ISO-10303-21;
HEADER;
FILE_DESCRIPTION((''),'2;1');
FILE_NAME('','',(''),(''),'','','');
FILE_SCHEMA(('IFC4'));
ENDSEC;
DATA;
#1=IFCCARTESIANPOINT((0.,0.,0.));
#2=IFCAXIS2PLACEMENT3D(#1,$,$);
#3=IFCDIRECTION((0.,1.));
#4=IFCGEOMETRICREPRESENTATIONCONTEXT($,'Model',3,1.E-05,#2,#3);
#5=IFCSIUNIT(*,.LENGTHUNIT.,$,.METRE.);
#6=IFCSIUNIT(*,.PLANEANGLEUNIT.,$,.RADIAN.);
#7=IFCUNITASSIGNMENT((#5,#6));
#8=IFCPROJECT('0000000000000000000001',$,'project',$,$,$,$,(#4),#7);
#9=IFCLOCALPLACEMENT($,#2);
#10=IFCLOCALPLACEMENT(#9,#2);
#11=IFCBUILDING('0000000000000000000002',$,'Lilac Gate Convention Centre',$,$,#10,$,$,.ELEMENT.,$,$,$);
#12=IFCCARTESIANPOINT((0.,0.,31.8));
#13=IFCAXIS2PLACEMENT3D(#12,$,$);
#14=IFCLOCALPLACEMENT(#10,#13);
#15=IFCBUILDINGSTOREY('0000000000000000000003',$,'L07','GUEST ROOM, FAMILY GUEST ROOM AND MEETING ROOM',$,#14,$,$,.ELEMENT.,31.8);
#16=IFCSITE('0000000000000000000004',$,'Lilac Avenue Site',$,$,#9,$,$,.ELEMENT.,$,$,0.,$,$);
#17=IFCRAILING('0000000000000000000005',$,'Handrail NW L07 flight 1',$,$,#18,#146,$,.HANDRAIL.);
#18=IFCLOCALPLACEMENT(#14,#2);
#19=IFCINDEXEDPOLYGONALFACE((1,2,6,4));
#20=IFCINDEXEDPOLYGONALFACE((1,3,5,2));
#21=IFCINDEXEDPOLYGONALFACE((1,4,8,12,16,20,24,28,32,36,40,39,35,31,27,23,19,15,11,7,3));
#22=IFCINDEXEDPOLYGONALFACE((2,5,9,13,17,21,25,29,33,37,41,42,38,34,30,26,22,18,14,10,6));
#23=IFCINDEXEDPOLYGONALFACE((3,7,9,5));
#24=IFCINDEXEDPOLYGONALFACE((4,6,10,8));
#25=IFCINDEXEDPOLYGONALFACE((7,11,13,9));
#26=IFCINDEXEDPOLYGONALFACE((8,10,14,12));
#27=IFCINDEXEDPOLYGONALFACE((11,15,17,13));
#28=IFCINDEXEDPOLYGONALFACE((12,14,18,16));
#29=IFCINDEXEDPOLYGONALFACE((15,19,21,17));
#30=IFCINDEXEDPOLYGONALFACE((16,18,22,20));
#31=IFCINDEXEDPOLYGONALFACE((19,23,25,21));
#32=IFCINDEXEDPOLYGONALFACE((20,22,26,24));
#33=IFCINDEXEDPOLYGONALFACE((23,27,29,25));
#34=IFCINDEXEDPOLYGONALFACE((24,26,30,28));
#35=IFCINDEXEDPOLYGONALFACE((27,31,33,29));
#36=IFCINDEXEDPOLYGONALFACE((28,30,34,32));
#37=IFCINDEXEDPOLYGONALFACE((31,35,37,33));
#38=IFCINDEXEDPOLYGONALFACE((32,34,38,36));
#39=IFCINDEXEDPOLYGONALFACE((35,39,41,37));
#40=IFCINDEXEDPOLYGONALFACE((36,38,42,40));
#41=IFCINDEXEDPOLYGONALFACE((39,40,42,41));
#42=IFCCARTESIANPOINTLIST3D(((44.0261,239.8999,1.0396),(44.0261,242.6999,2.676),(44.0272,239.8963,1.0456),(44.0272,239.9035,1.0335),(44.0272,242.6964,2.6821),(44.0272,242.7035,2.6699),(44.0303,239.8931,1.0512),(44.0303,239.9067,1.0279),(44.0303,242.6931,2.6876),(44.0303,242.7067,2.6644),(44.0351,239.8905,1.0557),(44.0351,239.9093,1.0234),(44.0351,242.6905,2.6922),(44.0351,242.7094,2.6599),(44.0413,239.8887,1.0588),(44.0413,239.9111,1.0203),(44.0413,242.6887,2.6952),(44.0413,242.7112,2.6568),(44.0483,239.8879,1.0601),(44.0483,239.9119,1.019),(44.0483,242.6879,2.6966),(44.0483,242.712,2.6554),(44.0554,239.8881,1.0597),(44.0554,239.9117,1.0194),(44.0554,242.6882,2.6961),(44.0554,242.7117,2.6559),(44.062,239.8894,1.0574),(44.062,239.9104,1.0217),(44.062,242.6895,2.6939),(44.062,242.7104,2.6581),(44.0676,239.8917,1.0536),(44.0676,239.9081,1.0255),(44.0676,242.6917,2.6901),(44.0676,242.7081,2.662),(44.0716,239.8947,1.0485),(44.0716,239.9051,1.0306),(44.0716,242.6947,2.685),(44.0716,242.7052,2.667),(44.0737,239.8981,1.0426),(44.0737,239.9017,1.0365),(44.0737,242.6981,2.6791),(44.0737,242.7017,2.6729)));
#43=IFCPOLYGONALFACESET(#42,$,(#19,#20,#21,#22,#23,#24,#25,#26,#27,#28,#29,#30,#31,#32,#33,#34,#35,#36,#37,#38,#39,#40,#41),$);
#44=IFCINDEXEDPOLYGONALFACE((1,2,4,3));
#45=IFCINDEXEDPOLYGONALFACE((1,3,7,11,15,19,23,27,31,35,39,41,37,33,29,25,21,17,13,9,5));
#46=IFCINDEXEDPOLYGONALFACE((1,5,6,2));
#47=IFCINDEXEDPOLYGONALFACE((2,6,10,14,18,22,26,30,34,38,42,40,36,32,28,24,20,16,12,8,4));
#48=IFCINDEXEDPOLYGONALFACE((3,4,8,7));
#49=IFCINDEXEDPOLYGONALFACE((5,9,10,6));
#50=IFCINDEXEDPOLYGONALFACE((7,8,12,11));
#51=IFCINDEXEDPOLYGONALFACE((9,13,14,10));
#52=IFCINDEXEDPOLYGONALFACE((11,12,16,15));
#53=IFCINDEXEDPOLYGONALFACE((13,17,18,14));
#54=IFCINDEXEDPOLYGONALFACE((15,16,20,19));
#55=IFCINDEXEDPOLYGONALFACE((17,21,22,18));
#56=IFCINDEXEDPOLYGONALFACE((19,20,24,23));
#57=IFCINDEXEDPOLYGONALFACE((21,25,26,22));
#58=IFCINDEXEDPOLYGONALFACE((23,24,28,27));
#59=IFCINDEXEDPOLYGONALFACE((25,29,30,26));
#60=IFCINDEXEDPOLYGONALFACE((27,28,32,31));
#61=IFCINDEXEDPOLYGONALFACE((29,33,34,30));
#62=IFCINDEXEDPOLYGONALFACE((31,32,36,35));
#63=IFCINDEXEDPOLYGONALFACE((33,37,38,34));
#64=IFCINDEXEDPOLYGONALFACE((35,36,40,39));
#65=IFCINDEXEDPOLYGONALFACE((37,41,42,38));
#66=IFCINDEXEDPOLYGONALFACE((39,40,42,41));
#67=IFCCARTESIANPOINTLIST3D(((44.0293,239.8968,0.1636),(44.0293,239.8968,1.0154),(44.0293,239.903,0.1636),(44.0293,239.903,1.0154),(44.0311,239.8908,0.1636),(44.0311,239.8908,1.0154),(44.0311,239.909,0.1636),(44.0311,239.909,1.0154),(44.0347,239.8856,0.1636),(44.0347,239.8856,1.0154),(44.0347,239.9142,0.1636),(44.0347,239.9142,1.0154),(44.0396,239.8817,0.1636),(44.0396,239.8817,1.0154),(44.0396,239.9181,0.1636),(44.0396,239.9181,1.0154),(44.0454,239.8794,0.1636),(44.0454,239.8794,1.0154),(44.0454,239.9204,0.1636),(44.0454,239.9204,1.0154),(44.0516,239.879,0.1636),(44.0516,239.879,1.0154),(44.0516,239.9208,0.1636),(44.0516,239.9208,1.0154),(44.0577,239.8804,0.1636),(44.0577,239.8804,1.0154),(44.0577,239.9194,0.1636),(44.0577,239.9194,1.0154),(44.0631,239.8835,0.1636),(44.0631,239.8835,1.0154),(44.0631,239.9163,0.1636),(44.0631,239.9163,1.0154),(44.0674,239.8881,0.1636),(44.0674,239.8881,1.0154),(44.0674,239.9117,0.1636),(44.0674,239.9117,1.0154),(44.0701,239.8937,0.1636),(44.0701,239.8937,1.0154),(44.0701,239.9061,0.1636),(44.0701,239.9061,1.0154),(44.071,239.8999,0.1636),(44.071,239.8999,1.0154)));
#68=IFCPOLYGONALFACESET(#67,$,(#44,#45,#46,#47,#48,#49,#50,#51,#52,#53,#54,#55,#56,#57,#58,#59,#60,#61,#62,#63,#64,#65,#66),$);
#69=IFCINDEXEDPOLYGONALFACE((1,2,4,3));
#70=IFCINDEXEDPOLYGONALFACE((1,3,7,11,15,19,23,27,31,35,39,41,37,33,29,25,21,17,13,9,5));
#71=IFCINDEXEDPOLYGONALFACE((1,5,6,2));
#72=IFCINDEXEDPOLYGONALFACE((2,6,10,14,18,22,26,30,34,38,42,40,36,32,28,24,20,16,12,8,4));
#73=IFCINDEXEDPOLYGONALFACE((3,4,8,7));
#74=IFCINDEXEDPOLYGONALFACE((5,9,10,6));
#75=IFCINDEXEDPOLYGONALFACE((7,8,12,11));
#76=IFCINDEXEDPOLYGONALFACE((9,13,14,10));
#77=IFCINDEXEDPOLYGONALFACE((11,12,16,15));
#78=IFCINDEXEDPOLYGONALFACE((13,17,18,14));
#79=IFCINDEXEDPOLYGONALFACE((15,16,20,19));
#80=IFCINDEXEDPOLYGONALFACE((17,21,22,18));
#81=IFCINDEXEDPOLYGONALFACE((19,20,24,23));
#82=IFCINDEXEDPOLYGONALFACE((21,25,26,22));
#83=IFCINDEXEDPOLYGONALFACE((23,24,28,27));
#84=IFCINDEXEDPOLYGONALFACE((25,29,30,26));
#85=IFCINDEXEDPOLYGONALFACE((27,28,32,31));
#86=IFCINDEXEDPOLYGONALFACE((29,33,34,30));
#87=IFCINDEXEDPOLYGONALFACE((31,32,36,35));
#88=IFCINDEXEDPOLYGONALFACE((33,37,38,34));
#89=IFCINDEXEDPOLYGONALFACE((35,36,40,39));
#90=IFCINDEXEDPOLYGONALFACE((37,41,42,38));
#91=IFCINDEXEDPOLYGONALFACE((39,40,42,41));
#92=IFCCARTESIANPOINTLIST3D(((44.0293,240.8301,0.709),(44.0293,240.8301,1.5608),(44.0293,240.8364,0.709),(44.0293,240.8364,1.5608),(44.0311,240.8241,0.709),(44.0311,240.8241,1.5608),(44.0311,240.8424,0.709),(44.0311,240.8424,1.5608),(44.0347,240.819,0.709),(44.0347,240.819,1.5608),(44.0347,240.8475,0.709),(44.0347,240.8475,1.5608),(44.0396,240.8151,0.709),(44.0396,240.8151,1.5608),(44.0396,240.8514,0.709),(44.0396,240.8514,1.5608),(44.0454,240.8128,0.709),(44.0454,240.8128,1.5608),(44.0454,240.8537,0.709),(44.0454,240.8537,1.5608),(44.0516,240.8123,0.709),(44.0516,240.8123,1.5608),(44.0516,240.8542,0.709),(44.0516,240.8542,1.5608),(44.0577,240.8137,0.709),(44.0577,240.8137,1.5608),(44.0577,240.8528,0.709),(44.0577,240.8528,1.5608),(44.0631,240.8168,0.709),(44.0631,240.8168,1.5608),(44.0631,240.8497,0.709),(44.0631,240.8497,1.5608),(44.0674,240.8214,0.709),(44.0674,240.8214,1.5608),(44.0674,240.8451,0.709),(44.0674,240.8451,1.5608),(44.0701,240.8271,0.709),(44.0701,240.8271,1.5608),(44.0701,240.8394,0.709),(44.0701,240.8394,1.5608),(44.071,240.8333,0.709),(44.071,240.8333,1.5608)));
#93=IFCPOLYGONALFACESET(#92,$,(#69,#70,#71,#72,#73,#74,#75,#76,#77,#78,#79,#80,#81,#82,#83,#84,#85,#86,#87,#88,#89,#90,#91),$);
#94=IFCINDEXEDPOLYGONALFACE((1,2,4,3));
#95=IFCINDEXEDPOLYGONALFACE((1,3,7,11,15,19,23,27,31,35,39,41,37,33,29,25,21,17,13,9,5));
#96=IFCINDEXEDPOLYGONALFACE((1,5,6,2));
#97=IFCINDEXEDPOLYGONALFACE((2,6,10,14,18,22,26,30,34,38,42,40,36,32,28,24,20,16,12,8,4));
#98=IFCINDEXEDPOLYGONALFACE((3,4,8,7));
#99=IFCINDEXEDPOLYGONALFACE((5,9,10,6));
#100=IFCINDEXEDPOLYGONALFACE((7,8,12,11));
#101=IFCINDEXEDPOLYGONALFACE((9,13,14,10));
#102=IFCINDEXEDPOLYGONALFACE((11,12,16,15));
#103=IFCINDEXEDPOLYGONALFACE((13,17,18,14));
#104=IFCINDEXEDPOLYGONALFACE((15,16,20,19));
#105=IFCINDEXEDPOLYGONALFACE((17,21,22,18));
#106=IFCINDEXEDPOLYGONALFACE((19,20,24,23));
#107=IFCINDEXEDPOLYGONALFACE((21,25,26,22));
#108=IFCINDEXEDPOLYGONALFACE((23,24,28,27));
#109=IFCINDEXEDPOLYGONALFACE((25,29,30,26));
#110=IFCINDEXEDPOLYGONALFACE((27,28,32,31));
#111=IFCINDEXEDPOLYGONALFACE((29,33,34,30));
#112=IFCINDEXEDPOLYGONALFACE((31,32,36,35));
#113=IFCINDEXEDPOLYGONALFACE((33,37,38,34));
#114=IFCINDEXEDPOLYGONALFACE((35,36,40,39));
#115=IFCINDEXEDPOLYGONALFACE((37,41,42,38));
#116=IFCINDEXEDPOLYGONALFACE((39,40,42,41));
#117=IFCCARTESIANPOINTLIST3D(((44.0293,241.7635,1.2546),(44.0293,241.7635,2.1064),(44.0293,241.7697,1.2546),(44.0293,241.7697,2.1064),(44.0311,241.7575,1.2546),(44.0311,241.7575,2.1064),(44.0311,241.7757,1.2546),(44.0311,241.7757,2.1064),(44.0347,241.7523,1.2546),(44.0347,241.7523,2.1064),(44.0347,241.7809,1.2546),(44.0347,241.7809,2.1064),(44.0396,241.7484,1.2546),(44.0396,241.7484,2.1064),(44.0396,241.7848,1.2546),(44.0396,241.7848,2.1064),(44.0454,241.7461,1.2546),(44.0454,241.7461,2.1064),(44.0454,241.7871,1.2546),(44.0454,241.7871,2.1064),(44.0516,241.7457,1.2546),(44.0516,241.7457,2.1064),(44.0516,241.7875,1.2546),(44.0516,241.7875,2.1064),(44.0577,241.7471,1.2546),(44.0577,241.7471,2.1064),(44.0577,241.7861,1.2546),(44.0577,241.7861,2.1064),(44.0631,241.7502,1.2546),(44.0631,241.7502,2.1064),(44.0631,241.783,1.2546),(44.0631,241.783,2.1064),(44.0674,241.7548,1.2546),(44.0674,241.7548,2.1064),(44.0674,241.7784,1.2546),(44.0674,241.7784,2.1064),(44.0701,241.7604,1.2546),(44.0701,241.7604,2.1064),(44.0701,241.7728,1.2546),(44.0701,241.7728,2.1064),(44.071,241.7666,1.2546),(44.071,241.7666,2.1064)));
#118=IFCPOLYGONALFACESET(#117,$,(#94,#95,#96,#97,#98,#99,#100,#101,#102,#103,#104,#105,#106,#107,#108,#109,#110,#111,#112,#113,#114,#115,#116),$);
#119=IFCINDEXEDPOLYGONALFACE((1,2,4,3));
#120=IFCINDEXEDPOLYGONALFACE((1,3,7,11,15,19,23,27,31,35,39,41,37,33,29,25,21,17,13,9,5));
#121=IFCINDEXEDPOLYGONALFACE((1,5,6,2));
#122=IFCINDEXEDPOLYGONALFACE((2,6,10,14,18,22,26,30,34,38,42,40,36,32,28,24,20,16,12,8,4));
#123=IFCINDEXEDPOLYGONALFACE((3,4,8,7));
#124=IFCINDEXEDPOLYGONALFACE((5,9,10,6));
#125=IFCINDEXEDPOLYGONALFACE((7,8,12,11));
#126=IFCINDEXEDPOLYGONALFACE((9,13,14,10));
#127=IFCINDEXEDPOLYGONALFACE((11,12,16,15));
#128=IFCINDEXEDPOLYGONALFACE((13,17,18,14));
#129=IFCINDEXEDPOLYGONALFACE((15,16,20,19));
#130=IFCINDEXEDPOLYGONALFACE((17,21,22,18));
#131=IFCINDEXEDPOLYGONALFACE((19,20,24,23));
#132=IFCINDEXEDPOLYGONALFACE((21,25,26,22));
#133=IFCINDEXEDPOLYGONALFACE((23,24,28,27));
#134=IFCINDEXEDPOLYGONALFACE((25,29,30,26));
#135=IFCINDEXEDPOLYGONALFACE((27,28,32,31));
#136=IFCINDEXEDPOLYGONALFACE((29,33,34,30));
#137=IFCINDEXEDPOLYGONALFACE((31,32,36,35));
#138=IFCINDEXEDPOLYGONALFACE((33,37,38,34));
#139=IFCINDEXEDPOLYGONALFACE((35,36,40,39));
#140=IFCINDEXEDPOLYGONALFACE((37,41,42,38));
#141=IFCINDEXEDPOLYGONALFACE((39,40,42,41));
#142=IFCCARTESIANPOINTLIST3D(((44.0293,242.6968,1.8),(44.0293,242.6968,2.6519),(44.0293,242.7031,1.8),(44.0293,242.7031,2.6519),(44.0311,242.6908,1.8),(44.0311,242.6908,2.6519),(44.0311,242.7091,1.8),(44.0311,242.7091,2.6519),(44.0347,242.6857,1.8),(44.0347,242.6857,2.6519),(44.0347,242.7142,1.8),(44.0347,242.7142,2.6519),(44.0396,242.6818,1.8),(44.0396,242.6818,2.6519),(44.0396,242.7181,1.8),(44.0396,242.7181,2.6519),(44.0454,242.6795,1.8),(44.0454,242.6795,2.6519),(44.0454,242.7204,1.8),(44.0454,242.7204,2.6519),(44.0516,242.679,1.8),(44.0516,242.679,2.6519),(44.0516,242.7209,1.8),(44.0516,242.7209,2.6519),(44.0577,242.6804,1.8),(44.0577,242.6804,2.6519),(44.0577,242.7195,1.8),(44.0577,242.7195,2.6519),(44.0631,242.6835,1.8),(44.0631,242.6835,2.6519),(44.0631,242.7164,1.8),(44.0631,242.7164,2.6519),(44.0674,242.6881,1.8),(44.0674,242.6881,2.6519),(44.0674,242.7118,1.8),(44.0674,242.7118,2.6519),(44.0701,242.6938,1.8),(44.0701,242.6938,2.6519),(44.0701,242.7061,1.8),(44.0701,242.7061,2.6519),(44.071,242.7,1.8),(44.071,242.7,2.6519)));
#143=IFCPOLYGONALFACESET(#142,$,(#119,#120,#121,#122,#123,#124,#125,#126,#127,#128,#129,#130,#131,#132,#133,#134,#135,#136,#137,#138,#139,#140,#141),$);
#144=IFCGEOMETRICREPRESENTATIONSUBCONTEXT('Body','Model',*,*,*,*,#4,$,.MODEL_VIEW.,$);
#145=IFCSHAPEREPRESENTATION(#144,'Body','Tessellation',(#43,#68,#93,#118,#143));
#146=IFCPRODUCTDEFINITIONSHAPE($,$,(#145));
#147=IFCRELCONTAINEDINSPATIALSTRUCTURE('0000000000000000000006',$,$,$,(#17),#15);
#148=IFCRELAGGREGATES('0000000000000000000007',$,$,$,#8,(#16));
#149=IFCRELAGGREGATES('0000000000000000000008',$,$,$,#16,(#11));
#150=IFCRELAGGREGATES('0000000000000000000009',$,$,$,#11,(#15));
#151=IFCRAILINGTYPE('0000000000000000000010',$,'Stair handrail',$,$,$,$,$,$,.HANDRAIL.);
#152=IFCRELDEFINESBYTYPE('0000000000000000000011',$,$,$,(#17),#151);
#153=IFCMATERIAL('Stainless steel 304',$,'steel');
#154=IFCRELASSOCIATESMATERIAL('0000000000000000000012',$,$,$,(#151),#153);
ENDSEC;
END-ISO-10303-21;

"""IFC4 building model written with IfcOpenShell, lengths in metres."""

from ifc_helpers import new_model, si_unit, direction, frame, origin, origin_2d, place, context, subcontext, project, spatial, circle, extrude, material, type_object, element, save


model = new_model("IFC4")

# Units and contexts
model_context = context("Model", 3, precision=1e-05, world=origin(), true_north=direction((0.0, 1.0)))
body_context = subcontext(model_context, "Body", "Model", "MODEL_VIEW")
ifc_project = project(units=[si_unit("LENGTHUNIT", "METRE"), si_unit("PLANEANGLEUNIT", "RADIAN")], contexts=[model_context])

# Site, building, storey
site_placement = place(None, origin())
site = spatial("IfcSite", under=ifc_project, at=site_placement, Name="Lilac Avenue Site", CompositionType="ELEMENT", RefElevation=0.0)
building_placement = place(site_placement, origin())
building = spatial("IfcBuilding", under=site, at=building_placement, Name="Lilac Gate Convention Centre", CompositionType="ELEMENT")
storey_placement = place(building_placement, frame((0.0, 0.0, 31.8)))
storey = spatial("IfcBuildingStorey", under=building, at=storey_placement, Name="L07", Description="GUEST ROOM, FAMILY GUEST ROOM AND MEETING ROOM", CompositionType="ELEMENT", Elevation=31.8)

# Railing
ifc_material_1 = material(Name="Stainless steel 304", Category="steel")
railing_type = type_object("IfcRailingType", Name="Stair handrail", PredefinedType="HANDRAIL", material=ifc_material_1)
for number, where, name in (
    (1, (44.05, 239.8999, 0.1636), "Handrail NW L07 flight 1"),
):
    element("IfcRailing", number, at=place(storey_placement, frame(where)), inside=storey, type_object=railing_type, Name=name, PredefinedType="HANDRAIL", context=body_context, shape_type="SweptSolid", body=[
        extrude(circle(Radius=0.0239, at=origin_2d()), frame((0.0, 0.0, 0.876), z_axis=(0.0, 0.863361, 0.504587), x_axis=(-1.0, 0.0, 0.0)), (0.0, 0.0, 1.0), 3.2432),
        extrude(circle(Radius=0.021, at=origin_2d()), origin(), (0.0, 0.0, 1.0), 0.8518),
        extrude(circle(Radius=0.021, at=origin_2d()), frame((0.0, 0.9333, 0.5454)), (0.0, 0.0, 1.0), 0.8518),
        extrude(circle(Radius=0.021, at=origin_2d()), frame((0.0, 1.8667, 1.0911)), (0.0, 0.0, 1.0), 0.8518),
        extrude(circle(Radius=0.021, at=origin_2d()), frame((0.0, 2.8, 1.6365)), (0.0, 0.0, 1.0), 0.8518),
    ])

save(model, "model.ifc")
